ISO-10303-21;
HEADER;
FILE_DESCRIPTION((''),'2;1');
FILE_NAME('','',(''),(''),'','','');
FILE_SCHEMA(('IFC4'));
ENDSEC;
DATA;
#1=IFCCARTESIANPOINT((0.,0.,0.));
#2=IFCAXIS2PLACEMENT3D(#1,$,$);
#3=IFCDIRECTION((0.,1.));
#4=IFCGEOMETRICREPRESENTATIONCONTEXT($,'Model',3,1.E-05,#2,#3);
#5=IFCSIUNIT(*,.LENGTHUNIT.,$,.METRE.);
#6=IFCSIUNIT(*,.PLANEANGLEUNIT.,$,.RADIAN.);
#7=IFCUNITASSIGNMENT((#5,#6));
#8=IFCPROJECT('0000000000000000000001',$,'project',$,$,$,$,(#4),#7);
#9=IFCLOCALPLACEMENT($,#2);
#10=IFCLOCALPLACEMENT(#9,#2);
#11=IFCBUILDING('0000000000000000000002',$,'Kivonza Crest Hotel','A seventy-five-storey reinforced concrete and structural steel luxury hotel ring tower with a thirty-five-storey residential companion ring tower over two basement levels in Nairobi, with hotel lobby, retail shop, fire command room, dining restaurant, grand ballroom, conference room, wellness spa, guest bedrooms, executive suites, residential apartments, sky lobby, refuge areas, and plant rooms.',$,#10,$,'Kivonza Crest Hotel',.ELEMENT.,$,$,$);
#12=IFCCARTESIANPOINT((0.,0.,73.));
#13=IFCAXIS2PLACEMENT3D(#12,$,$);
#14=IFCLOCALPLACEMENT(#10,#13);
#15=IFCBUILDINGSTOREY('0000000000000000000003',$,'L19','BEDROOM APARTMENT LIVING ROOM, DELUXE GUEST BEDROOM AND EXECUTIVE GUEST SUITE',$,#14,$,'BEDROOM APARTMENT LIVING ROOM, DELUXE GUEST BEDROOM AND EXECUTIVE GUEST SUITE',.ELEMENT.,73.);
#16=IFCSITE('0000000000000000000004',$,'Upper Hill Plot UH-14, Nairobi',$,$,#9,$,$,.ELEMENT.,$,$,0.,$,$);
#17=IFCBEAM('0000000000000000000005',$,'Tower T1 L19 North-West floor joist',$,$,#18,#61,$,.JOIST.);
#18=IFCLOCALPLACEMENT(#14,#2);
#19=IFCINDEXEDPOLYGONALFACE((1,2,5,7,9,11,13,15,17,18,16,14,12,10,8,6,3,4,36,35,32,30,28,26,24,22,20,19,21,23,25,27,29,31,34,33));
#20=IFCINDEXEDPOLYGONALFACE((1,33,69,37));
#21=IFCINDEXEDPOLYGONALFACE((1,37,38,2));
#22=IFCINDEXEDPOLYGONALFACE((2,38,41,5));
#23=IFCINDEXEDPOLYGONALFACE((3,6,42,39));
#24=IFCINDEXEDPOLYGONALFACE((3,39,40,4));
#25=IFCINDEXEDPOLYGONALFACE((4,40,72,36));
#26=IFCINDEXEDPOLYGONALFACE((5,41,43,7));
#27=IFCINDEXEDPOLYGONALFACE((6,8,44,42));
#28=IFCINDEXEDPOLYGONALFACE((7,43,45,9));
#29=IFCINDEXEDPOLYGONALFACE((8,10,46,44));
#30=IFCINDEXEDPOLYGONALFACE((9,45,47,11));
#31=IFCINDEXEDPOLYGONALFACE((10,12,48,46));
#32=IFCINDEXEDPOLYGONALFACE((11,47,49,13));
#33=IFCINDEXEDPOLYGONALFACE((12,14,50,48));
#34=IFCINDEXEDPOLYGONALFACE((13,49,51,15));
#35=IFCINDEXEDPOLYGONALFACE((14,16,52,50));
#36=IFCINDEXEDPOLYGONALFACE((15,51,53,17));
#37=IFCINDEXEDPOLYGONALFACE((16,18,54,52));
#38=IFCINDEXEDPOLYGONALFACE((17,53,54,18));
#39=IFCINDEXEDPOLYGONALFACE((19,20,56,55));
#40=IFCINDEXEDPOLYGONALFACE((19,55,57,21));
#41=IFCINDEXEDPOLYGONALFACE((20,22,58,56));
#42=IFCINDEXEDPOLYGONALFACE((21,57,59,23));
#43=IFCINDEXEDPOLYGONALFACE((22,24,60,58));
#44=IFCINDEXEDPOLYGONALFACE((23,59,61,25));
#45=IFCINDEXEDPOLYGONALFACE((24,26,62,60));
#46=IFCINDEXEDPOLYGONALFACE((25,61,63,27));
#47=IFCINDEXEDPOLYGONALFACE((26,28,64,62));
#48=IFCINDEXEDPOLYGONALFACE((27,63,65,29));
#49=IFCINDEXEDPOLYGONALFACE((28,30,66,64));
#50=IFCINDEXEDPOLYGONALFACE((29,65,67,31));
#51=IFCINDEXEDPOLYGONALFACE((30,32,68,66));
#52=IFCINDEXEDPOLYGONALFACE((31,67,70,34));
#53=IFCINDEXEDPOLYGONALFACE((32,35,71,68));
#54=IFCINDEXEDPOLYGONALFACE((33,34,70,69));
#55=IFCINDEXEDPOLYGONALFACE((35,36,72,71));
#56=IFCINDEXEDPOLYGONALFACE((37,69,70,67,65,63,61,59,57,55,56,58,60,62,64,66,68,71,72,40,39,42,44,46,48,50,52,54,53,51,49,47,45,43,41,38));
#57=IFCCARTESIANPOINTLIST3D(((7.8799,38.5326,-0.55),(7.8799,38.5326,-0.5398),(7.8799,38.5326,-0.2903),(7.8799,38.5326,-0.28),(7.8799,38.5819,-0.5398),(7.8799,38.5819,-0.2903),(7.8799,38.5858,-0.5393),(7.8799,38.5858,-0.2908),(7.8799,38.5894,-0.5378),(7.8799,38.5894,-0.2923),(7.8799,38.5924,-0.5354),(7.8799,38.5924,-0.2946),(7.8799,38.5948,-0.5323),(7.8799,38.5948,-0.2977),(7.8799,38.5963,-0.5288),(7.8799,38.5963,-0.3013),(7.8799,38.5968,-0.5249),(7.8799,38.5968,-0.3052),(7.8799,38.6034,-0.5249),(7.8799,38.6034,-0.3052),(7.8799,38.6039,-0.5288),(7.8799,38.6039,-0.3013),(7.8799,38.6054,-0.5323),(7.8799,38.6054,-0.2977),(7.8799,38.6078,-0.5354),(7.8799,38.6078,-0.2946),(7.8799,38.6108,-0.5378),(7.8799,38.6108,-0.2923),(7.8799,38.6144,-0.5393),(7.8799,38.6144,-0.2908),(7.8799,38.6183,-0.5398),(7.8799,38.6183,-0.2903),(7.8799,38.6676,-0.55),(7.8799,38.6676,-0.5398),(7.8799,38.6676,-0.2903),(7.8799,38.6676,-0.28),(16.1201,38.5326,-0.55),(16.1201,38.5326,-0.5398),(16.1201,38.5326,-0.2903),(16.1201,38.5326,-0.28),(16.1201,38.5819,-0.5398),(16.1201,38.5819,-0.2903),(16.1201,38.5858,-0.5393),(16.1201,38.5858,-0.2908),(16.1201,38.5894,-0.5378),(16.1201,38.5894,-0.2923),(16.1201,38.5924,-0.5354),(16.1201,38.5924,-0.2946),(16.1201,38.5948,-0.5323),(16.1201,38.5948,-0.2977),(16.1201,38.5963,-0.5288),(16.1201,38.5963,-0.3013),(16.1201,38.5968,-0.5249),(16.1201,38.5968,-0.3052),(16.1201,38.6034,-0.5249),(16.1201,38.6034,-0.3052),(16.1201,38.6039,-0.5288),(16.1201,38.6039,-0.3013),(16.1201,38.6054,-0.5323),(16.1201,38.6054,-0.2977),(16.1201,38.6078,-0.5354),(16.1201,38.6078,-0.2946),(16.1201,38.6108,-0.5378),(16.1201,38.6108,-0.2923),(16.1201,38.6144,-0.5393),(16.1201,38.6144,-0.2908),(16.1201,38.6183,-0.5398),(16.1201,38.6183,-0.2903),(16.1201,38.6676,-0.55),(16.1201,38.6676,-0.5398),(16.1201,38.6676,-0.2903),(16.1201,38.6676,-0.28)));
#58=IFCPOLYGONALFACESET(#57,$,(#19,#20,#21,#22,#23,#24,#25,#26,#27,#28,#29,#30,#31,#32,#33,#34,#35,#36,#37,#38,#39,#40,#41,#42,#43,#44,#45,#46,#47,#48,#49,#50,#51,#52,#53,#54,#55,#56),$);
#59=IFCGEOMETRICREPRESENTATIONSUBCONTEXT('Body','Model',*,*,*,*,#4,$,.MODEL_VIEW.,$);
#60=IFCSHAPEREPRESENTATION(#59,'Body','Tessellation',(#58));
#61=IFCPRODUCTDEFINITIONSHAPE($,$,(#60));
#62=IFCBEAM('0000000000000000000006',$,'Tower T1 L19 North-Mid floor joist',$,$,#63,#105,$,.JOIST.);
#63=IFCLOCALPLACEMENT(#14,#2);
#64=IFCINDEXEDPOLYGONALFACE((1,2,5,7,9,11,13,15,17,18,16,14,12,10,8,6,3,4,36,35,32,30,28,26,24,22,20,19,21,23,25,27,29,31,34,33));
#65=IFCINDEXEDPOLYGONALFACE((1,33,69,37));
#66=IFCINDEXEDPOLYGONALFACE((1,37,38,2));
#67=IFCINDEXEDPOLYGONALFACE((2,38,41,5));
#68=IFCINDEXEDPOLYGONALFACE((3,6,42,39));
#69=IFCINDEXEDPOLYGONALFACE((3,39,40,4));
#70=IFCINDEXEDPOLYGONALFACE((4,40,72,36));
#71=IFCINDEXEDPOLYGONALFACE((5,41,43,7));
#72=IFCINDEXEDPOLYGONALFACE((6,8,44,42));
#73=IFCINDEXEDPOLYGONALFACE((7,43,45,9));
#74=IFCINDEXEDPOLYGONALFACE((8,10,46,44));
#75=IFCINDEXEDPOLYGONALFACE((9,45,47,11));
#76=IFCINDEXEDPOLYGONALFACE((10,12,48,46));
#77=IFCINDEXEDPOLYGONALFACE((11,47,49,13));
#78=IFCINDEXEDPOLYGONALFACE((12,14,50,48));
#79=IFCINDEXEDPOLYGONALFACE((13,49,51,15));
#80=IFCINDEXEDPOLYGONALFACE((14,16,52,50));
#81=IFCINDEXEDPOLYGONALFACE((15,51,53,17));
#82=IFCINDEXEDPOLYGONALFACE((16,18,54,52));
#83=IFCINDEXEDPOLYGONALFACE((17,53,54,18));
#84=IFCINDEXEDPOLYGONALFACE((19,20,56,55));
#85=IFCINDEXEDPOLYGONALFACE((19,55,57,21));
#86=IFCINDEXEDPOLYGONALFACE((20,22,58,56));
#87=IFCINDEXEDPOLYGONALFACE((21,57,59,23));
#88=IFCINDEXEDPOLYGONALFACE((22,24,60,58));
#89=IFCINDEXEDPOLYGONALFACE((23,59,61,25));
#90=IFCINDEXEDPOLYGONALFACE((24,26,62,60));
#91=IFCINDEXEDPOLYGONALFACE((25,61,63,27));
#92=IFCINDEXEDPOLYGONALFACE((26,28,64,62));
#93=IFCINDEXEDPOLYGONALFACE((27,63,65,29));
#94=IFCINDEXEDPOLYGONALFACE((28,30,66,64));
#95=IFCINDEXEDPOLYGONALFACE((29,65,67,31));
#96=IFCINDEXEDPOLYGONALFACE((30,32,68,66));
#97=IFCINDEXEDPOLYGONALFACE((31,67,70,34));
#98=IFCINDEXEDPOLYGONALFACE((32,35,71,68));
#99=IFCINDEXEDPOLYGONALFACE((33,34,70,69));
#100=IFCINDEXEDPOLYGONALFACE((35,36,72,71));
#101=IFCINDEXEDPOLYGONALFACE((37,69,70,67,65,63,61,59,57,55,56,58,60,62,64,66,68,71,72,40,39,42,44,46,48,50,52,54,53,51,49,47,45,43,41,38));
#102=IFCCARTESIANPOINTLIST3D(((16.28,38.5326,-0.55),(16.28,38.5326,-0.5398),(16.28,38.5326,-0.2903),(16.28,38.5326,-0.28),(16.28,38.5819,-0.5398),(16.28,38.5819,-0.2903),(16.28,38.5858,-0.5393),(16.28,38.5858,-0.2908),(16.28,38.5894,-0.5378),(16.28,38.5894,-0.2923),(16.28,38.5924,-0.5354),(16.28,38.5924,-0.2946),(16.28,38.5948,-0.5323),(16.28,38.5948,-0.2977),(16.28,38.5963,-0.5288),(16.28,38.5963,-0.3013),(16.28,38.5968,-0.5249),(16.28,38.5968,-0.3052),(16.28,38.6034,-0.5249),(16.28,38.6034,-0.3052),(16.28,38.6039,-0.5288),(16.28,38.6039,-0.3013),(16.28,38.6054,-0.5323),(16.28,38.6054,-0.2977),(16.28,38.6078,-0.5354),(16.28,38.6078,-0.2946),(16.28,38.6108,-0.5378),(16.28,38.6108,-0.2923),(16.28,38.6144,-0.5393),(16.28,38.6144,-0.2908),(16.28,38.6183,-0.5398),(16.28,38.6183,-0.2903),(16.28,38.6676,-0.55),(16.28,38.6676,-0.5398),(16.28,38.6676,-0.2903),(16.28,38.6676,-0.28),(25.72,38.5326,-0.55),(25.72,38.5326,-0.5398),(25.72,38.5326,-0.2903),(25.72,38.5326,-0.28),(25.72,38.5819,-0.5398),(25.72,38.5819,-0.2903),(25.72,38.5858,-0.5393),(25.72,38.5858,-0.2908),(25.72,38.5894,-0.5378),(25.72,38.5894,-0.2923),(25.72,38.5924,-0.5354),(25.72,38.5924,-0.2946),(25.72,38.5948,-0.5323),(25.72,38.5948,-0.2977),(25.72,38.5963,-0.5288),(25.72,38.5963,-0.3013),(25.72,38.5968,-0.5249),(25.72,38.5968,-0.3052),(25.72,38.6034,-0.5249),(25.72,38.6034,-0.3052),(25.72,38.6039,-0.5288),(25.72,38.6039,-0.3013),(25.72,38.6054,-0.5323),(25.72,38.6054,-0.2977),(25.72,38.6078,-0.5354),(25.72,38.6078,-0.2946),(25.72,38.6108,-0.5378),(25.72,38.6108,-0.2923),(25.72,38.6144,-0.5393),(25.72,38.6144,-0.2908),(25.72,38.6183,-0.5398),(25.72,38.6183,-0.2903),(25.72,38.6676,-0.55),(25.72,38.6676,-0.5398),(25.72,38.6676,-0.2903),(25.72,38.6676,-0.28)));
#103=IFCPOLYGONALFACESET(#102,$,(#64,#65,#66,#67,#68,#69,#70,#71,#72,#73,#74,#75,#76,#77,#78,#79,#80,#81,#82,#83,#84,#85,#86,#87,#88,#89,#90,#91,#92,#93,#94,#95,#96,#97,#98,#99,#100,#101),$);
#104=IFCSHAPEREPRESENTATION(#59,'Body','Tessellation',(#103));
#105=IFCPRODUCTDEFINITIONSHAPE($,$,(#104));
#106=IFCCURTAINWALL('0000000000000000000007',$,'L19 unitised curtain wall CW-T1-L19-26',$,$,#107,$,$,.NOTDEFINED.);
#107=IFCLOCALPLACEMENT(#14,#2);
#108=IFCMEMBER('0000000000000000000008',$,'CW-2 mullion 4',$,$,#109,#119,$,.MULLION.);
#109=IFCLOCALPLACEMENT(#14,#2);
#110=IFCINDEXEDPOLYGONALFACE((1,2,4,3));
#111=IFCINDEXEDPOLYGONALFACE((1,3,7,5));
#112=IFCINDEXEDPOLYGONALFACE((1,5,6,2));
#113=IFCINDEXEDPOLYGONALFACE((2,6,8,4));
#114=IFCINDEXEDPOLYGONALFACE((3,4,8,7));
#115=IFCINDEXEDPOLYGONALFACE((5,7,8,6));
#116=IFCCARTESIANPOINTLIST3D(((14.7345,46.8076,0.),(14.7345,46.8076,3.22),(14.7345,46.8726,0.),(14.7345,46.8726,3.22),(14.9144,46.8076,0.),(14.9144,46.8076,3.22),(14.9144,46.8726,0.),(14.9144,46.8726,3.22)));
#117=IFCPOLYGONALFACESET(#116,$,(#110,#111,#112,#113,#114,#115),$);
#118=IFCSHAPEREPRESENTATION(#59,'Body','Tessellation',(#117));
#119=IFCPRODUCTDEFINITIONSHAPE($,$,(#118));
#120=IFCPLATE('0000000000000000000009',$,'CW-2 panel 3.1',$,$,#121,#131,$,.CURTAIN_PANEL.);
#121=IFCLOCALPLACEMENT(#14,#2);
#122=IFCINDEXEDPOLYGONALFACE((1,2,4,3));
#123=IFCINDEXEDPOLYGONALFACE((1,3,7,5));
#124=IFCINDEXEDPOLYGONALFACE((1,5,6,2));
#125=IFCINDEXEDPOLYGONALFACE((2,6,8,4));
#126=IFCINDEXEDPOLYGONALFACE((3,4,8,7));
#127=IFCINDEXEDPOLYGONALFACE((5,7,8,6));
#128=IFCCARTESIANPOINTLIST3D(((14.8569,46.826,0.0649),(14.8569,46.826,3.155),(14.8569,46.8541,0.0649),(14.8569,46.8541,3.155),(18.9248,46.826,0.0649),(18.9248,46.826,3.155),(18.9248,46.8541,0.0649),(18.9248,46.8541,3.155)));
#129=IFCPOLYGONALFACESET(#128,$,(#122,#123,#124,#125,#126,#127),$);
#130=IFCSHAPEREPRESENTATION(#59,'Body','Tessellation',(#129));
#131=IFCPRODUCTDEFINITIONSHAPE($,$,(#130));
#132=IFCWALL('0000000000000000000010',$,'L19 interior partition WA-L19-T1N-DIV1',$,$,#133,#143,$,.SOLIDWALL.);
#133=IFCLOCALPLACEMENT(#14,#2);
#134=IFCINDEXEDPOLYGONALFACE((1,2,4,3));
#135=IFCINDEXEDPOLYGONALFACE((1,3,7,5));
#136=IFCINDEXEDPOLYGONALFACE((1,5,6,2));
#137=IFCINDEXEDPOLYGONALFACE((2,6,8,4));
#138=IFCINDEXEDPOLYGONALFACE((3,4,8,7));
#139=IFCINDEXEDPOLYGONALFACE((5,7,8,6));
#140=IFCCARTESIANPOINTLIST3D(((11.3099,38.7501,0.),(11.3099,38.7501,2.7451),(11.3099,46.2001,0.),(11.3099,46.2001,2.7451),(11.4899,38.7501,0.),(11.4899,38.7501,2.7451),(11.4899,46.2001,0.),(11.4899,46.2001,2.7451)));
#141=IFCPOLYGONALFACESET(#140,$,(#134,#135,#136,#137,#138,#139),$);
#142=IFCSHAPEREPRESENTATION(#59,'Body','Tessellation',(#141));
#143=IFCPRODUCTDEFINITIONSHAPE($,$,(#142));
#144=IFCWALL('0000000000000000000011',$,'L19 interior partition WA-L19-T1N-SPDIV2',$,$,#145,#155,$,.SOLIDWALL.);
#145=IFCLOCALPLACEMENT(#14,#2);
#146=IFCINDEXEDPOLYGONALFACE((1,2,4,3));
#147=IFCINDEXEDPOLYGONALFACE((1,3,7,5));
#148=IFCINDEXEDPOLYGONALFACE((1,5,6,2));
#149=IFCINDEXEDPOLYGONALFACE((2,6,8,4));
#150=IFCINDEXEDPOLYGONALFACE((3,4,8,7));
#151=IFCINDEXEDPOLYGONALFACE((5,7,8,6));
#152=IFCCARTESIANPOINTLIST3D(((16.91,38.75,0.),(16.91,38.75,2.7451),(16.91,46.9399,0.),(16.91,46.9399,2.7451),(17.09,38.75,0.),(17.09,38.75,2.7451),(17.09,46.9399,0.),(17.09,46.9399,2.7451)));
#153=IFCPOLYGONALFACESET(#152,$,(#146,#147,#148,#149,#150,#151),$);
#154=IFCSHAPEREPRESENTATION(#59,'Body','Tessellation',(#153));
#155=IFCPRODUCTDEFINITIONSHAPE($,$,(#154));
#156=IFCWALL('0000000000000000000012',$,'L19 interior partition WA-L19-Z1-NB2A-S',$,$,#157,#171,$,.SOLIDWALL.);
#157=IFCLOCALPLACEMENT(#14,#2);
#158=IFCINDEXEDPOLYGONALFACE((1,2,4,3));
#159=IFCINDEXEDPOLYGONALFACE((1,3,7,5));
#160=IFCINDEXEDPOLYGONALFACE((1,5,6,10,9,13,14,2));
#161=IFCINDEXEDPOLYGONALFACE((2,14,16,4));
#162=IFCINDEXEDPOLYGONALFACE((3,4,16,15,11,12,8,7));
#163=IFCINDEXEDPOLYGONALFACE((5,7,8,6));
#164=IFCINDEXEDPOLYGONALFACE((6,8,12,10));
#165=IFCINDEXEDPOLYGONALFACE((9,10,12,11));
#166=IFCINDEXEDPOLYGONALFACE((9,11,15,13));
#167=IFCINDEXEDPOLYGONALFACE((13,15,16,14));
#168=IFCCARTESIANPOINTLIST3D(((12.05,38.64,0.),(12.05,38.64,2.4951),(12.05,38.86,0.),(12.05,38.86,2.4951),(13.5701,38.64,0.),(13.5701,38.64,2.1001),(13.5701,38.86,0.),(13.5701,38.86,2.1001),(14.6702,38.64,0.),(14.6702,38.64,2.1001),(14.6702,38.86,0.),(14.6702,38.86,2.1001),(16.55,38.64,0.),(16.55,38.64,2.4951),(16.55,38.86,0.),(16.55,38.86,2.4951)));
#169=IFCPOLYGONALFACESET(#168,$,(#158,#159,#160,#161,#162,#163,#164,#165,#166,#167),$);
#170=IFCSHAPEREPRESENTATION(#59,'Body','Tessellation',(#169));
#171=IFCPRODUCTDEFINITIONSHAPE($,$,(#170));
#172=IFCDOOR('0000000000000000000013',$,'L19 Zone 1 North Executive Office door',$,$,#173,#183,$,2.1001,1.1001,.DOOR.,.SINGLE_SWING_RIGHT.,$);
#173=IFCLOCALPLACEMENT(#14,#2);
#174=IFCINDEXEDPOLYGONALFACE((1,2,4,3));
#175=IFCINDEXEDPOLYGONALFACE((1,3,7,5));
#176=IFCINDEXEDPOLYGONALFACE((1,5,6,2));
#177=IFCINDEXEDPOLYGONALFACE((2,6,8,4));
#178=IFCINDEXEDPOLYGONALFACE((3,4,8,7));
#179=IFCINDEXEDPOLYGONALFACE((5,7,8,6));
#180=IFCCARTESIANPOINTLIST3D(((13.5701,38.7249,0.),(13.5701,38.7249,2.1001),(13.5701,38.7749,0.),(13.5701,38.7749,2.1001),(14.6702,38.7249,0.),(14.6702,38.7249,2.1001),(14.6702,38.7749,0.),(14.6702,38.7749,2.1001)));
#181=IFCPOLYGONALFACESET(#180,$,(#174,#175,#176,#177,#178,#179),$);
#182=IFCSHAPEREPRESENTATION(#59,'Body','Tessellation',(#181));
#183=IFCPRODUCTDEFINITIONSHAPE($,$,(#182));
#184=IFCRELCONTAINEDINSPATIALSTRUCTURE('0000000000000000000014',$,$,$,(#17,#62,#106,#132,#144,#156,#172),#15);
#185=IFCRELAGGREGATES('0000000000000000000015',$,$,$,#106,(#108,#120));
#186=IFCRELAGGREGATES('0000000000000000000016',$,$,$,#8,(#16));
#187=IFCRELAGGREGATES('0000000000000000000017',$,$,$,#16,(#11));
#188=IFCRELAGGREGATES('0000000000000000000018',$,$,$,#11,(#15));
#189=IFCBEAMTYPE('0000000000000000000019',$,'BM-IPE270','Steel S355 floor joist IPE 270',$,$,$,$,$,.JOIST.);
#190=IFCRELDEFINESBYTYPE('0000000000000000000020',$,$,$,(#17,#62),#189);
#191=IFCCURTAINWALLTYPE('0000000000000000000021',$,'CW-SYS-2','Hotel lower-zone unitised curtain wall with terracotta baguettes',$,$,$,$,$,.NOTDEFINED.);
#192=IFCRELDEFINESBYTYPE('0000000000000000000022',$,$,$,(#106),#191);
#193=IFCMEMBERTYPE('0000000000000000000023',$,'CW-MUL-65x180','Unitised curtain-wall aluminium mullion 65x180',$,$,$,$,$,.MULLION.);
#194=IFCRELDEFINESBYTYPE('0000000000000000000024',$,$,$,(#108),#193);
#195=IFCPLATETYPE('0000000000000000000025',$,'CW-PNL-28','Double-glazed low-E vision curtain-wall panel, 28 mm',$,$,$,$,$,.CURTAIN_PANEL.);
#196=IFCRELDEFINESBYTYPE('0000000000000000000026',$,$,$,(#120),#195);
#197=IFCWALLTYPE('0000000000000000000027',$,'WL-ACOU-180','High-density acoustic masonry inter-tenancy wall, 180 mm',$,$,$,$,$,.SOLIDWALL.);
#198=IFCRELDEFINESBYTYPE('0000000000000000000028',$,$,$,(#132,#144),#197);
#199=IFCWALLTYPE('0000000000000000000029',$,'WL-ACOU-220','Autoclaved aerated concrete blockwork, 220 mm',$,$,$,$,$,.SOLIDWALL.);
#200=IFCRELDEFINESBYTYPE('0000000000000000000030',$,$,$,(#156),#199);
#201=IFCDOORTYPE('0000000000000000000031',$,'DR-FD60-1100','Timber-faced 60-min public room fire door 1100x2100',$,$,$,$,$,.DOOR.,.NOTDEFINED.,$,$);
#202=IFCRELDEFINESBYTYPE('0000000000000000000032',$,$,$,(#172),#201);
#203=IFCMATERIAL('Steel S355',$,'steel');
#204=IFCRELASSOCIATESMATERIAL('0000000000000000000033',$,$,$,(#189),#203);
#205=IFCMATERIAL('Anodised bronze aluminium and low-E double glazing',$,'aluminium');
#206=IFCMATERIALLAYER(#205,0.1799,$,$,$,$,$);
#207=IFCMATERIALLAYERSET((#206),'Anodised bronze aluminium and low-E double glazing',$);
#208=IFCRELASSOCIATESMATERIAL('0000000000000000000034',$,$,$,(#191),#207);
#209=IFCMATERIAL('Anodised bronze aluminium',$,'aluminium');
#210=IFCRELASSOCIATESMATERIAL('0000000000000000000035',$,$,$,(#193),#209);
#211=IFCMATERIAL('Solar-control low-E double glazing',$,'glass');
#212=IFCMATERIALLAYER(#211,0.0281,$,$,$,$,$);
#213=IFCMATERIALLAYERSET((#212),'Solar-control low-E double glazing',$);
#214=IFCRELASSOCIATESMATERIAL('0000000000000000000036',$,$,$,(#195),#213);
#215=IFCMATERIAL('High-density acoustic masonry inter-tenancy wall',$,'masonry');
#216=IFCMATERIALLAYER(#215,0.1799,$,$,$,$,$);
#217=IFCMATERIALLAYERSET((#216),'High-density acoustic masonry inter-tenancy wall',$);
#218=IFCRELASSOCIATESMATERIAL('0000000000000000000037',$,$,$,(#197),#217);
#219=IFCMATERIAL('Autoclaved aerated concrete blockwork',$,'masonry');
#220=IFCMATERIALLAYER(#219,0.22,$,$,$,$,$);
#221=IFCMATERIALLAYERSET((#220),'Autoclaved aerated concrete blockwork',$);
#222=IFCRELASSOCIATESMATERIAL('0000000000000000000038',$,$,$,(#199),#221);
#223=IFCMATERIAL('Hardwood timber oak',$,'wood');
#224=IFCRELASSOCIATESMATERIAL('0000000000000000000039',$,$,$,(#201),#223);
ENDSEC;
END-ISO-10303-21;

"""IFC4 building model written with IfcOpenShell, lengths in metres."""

from ifc_helpers import new_model, si_unit, direction, frame, frame_2d, origin, origin_2d, place, context, subcontext, project, spatial, rectangle, i_section, extrude, material, layer, layer_set, material_profile, profile_set, type_object, element, fill, aggregate, save


model = new_model("IFC4")

# Units and contexts
model_context = context("Model", 3, precision=1e-05, world=origin(), true_north=direction((0.0, 1.0)))
body_context = subcontext(model_context, "Body", "Model", "MODEL_VIEW")
ifc_project = project(units=[si_unit("LENGTHUNIT", "METRE"), si_unit("PLANEANGLEUNIT", "RADIAN")], contexts=[model_context])

# Site, building, storey
site_placement = place(None, origin())
site = spatial("IfcSite", under=ifc_project, at=site_placement, Name="Upper Hill Plot UH-14, Nairobi", CompositionType="ELEMENT", RefElevation=0.0)
building_placement = place(site_placement, origin())
building = spatial("IfcBuilding", under=site, at=building_placement, Name="Kivonza Crest Hotel", Description="A seventy-five-storey reinforced concrete and structural steel luxury hotel ring tower with a thirty-five-storey residential companion ring tower over two basement levels in Nairobi, with hotel lobby, retail shop, fire command room, dining restaurant, grand ballroom, conference room, wellness spa, guest bedrooms, executive suites, residential apartments, sky lobby, refuge areas, and plant rooms.", LongName="Kivonza Crest Hotel", CompositionType="ELEMENT")
storey_placement = place(building_placement, frame((0.0, 0.0, 73.0)))
storey = spatial("IfcBuildingStorey", under=building, at=storey_placement, Name="L19", Description="BEDROOM APARTMENT LIVING ROOM, DELUXE GUEST BEDROOM AND EXECUTIVE GUEST SUITE", LongName="BEDROOM APARTMENT LIVING ROOM, DELUXE GUEST BEDROOM AND EXECUTIVE GUEST SUITE", CompositionType="ELEMENT", Elevation=73.0)

# Beams
ifc_material_1 = material(Name="Steel S355", Category="steel")
ifc_material_profile_1 = material_profile(ifc_material_1, i_section(OverallWidth=0.135, OverallDepth=0.27, WebThickness=0.0066, FlangeThickness=0.0103, FilletRadius=0.0149, at=origin_2d()), Name="IPE 270")
ifc_profile_set_1 = profile_set([ifc_material_profile_1], Name="Steel S355")
beam_type_1 = type_object("IfcBeamType", Name="BM-IPE270", Description="Steel S355 floor joist IPE 270", PredefinedType="JOIST", material=ifc_profile_set_1)
beam_1_placement = place(storey_placement, frame((7.8799, 38.6001, -0.415), z_axis=(1.0, 0.0, 0.0), x_axis=(0.0, 1.0, 0.0)))
element("IfcBeam", 1, at=beam_1_placement, inside=storey, type_object=beam_type_1, Name="Tower T1 L19 North-West floor joist", PredefinedType="JOIST", context=body_context, shape_type="SweptSolid", body=[
    extrude(i_section(OverallWidth=0.135, OverallDepth=0.27, WebThickness=0.0066, FlangeThickness=0.0103, FilletRadius=0.0149, at=origin_2d()), origin(), (0.0, 0.0, 1.0), 8.2402),
])
beam_2_placement = place(storey_placement, frame((16.28, 38.6001, -0.415), z_axis=(1.0, 0.0, 0.0), x_axis=(0.0, 1.0, 0.0)))
element("IfcBeam", 2, at=beam_2_placement, inside=storey, type_object=beam_type_1, Name="Tower T1 L19 North-Mid floor joist", PredefinedType="JOIST", context=body_context, shape_type="SweptSolid", body=[
    extrude(i_section(OverallWidth=0.135, OverallDepth=0.27, WebThickness=0.0066, FlangeThickness=0.0103, FilletRadius=0.0149, at=origin_2d()), origin(), (0.0, 0.0, 1.0), 9.4399),
])

# Curtain wall, member, plate
ifc_material_2 = material(Name="Anodised bronze aluminium and low-E double glazing", Category="aluminium")
ifc_layer_1 = layer(ifc_material_2, 0.1799)
ifc_layer_set_1 = layer_set([ifc_layer_1], Name="Anodised bronze aluminium and low-E double glazing")
curtain_wall_type = type_object("IfcCurtainWallType", Name="CW-SYS-2", Description="Hotel lower-zone unitised curtain wall with terracotta baguettes", PredefinedType="NOTDEFINED", material=ifc_layer_set_1)
curtain_wall_placement = place(storey_placement, origin())
curtain_wall = element("IfcCurtainWall", 3, at=curtain_wall_placement, inside=storey, type_object=curtain_wall_type, Name="L19 unitised curtain wall CW-T1-L19-26", PredefinedType="NOTDEFINED")
ifc_material_3 = material(Name="Anodised bronze aluminium", Category="aluminium")
ifc_material_profile_2 = material_profile(ifc_material_3, rectangle(XDim=0.0649, YDim=0.1799, at=origin_2d()), Name="CW-M 65x180")
ifc_profile_set_2 = profile_set([ifc_material_profile_2], Name="Anodised bronze aluminium")
member_type = type_object("IfcMemberType", Name="CW-MUL-65x180", Description="Unitised curtain-wall aluminium mullion 65x180", PredefinedType="MULLION", material=ifc_profile_set_2)
member_placement = place(storey_placement, frame((14.8245, 46.8401, 0.0), z_axis=(0.0, 0.0, 1.0), x_axis=(0.0, -1.0, 0.0)))
member = element("IfcMember", 4, at=member_placement, type_object=member_type, Name="CW-2 mullion 4", PredefinedType="MULLION", context=body_context, shape_type="SweptSolid", body=[
    extrude(rectangle(XDim=0.0649, YDim=0.1799, at=origin_2d()), origin(), (0.0, 0.0, 1.0), 3.22),
])
ifc_material_4 = material(Name="Solar-control low-E double glazing", Category="glass")
ifc_layer_2 = layer(ifc_material_4, 0.0281)
ifc_layer_set_2 = layer_set([ifc_layer_2], Name="Solar-control low-E double glazing")
plate_type = type_object("IfcPlateType", Name="CW-PNL-28", Description="Double-glazed low-E vision curtain-wall panel, 28 mm", PredefinedType="CURTAIN_PANEL", material=ifc_layer_set_2)
plate_placement = place(storey_placement, frame((16.8909, 46.8401, 0.0649), z_axis=(0.0, 0.0, 1.0), x_axis=(-1.0, 0.0, 0.0)))
plate = element("IfcPlate", 5, at=plate_placement, type_object=plate_type, Name="CW-2 panel 3.1", PredefinedType="CURTAIN_PANEL", context=body_context, shape_type="SweptSolid", body=[
    extrude(rectangle(XDim=4.0679, YDim=0.0281, at=origin_2d()), origin(), (0.0, 0.0, 1.0), 3.0901),
])
aggregate(curtain_wall, [member, plate])

# Walls
ifc_material_5 = material(Name="High-density acoustic masonry inter-tenancy wall", Category="masonry")
ifc_layer_3 = layer(ifc_material_5, 0.1799)
ifc_layer_set_3 = layer_set([ifc_layer_3], Name="High-density acoustic masonry inter-tenancy wall")
wall_type_1 = type_object("IfcWallType", Name="WL-ACOU-180", Description="High-density acoustic masonry inter-tenancy wall, 180 mm", PredefinedType="SOLIDWALL", material=ifc_layer_set_3)
wall_1_placement = place(storey_placement, frame((11.3999, 38.75, 0.0), z_axis=(0.0, 0.0, 1.0), x_axis=(0.0, 1.0, 0.0)))
element("IfcWall", 6, at=wall_1_placement, inside=storey, type_object=wall_type_1, Name="L19 interior partition WA-L19-T1N-DIV1", PredefinedType="SOLIDWALL", context=body_context, shape_type="SweptSolid", body=[
    extrude(rectangle(XDim=7.45, YDim=0.1799, at=frame_2d((3.7251, 0.0))), origin(), (0.0, 0.0, 1.0), 2.7451),
])
wall_2_placement = place(storey_placement, frame((17.0, 38.75, 0.0), z_axis=(0.0, 0.0, 1.0), x_axis=(0.0, 1.0, 0.0)))
element("IfcWall", 7, at=wall_2_placement, inside=storey, type_object=wall_type_1, Name="L19 interior partition WA-L19-T1N-SPDIV2", PredefinedType="SOLIDWALL", context=body_context, shape_type="SweptSolid", body=[
    extrude(rectangle(XDim=8.1899, YDim=0.1799, at=frame_2d((4.095, 0.0))), origin(), (0.0, 0.0, 1.0), 2.7451),
])

# Wall, opening, door
ifc_material_6 = material(Name="Autoclaved aerated concrete blockwork", Category="masonry")
ifc_layer_4 = layer(ifc_material_6, 0.22)
ifc_layer_set_4 = layer_set([ifc_layer_4], Name="Autoclaved aerated concrete blockwork")
wall_type_2 = type_object("IfcWallType", Name="WL-ACOU-220", Description="Autoclaved aerated concrete blockwork, 220 mm", PredefinedType="SOLIDWALL", material=ifc_layer_set_4)
wall_3_placement = place(storey_placement, frame((12.05, 38.75, 0.0), z_axis=(0.0, 0.0, 1.0), x_axis=(1.0, 0.0, 0.0)))
wall_3 = element("IfcWall", 8, at=wall_3_placement, inside=storey, type_object=wall_type_2, Name="L19 interior partition WA-L19-Z1-NB2A-S", PredefinedType="SOLIDWALL", context=body_context, shape_type="SweptSolid", body=[
    extrude(rectangle(XDim=4.5, YDim=0.22, at=frame_2d((2.25, 0.0))), origin(), (0.0, 0.0, 1.0), 2.4951),
])
opening_1_placement = place(wall_3_placement, frame((1.52, 0.0, 0.0)))
opening_1 = element("IfcOpeningElement", 9, at=opening_1_placement, cuts=wall_3, PredefinedType="OPENING", context=body_context, shape_type="SweptSolid", body=[
    extrude(rectangle(XDim=1.1001, YDim=2.1001, at=frame_2d((0.55, 1.05))), frame((0.0, 0.1201, 0.0), z_axis=(0.0, -1.0, 0.0), x_axis=(1.0, 0.0, 0.0)), (0.0, 0.0, 1.0), 0.24),
])
ifc_material_7 = material(Name="Hardwood timber oak", Category="wood")
door_type = type_object("IfcDoorType", Name="DR-FD60-1100", Description="Timber-faced 60-min public room fire door 1100x2100", OperationType="NOTDEFINED", PredefinedType="DOOR", material=ifc_material_7)
door_1_placement = place(opening_1_placement, origin())
door_1 = element("IfcDoor", 10, at=door_1_placement, inside=storey, type_object=door_type, Name="L19 Zone 1 North Executive Office door", OperationType="SINGLE_SWING_RIGHT", OverallHeight=2.1001, OverallWidth=1.1001, PredefinedType="DOOR", context=body_context, shape_type="SweptSolid", body=[
    extrude(rectangle(XDim=1.1001, YDim=2.1001, at=frame_2d((0.55, 1.05))), frame((0.0, 0.0249, 0.0), z_axis=(0.0, -1.0, 0.0), x_axis=(1.0, 0.0, 0.0)), (0.0, 0.0, 1.0), 0.05),
])
fill(opening_1, door_1)

save(model, "model.ifc")
